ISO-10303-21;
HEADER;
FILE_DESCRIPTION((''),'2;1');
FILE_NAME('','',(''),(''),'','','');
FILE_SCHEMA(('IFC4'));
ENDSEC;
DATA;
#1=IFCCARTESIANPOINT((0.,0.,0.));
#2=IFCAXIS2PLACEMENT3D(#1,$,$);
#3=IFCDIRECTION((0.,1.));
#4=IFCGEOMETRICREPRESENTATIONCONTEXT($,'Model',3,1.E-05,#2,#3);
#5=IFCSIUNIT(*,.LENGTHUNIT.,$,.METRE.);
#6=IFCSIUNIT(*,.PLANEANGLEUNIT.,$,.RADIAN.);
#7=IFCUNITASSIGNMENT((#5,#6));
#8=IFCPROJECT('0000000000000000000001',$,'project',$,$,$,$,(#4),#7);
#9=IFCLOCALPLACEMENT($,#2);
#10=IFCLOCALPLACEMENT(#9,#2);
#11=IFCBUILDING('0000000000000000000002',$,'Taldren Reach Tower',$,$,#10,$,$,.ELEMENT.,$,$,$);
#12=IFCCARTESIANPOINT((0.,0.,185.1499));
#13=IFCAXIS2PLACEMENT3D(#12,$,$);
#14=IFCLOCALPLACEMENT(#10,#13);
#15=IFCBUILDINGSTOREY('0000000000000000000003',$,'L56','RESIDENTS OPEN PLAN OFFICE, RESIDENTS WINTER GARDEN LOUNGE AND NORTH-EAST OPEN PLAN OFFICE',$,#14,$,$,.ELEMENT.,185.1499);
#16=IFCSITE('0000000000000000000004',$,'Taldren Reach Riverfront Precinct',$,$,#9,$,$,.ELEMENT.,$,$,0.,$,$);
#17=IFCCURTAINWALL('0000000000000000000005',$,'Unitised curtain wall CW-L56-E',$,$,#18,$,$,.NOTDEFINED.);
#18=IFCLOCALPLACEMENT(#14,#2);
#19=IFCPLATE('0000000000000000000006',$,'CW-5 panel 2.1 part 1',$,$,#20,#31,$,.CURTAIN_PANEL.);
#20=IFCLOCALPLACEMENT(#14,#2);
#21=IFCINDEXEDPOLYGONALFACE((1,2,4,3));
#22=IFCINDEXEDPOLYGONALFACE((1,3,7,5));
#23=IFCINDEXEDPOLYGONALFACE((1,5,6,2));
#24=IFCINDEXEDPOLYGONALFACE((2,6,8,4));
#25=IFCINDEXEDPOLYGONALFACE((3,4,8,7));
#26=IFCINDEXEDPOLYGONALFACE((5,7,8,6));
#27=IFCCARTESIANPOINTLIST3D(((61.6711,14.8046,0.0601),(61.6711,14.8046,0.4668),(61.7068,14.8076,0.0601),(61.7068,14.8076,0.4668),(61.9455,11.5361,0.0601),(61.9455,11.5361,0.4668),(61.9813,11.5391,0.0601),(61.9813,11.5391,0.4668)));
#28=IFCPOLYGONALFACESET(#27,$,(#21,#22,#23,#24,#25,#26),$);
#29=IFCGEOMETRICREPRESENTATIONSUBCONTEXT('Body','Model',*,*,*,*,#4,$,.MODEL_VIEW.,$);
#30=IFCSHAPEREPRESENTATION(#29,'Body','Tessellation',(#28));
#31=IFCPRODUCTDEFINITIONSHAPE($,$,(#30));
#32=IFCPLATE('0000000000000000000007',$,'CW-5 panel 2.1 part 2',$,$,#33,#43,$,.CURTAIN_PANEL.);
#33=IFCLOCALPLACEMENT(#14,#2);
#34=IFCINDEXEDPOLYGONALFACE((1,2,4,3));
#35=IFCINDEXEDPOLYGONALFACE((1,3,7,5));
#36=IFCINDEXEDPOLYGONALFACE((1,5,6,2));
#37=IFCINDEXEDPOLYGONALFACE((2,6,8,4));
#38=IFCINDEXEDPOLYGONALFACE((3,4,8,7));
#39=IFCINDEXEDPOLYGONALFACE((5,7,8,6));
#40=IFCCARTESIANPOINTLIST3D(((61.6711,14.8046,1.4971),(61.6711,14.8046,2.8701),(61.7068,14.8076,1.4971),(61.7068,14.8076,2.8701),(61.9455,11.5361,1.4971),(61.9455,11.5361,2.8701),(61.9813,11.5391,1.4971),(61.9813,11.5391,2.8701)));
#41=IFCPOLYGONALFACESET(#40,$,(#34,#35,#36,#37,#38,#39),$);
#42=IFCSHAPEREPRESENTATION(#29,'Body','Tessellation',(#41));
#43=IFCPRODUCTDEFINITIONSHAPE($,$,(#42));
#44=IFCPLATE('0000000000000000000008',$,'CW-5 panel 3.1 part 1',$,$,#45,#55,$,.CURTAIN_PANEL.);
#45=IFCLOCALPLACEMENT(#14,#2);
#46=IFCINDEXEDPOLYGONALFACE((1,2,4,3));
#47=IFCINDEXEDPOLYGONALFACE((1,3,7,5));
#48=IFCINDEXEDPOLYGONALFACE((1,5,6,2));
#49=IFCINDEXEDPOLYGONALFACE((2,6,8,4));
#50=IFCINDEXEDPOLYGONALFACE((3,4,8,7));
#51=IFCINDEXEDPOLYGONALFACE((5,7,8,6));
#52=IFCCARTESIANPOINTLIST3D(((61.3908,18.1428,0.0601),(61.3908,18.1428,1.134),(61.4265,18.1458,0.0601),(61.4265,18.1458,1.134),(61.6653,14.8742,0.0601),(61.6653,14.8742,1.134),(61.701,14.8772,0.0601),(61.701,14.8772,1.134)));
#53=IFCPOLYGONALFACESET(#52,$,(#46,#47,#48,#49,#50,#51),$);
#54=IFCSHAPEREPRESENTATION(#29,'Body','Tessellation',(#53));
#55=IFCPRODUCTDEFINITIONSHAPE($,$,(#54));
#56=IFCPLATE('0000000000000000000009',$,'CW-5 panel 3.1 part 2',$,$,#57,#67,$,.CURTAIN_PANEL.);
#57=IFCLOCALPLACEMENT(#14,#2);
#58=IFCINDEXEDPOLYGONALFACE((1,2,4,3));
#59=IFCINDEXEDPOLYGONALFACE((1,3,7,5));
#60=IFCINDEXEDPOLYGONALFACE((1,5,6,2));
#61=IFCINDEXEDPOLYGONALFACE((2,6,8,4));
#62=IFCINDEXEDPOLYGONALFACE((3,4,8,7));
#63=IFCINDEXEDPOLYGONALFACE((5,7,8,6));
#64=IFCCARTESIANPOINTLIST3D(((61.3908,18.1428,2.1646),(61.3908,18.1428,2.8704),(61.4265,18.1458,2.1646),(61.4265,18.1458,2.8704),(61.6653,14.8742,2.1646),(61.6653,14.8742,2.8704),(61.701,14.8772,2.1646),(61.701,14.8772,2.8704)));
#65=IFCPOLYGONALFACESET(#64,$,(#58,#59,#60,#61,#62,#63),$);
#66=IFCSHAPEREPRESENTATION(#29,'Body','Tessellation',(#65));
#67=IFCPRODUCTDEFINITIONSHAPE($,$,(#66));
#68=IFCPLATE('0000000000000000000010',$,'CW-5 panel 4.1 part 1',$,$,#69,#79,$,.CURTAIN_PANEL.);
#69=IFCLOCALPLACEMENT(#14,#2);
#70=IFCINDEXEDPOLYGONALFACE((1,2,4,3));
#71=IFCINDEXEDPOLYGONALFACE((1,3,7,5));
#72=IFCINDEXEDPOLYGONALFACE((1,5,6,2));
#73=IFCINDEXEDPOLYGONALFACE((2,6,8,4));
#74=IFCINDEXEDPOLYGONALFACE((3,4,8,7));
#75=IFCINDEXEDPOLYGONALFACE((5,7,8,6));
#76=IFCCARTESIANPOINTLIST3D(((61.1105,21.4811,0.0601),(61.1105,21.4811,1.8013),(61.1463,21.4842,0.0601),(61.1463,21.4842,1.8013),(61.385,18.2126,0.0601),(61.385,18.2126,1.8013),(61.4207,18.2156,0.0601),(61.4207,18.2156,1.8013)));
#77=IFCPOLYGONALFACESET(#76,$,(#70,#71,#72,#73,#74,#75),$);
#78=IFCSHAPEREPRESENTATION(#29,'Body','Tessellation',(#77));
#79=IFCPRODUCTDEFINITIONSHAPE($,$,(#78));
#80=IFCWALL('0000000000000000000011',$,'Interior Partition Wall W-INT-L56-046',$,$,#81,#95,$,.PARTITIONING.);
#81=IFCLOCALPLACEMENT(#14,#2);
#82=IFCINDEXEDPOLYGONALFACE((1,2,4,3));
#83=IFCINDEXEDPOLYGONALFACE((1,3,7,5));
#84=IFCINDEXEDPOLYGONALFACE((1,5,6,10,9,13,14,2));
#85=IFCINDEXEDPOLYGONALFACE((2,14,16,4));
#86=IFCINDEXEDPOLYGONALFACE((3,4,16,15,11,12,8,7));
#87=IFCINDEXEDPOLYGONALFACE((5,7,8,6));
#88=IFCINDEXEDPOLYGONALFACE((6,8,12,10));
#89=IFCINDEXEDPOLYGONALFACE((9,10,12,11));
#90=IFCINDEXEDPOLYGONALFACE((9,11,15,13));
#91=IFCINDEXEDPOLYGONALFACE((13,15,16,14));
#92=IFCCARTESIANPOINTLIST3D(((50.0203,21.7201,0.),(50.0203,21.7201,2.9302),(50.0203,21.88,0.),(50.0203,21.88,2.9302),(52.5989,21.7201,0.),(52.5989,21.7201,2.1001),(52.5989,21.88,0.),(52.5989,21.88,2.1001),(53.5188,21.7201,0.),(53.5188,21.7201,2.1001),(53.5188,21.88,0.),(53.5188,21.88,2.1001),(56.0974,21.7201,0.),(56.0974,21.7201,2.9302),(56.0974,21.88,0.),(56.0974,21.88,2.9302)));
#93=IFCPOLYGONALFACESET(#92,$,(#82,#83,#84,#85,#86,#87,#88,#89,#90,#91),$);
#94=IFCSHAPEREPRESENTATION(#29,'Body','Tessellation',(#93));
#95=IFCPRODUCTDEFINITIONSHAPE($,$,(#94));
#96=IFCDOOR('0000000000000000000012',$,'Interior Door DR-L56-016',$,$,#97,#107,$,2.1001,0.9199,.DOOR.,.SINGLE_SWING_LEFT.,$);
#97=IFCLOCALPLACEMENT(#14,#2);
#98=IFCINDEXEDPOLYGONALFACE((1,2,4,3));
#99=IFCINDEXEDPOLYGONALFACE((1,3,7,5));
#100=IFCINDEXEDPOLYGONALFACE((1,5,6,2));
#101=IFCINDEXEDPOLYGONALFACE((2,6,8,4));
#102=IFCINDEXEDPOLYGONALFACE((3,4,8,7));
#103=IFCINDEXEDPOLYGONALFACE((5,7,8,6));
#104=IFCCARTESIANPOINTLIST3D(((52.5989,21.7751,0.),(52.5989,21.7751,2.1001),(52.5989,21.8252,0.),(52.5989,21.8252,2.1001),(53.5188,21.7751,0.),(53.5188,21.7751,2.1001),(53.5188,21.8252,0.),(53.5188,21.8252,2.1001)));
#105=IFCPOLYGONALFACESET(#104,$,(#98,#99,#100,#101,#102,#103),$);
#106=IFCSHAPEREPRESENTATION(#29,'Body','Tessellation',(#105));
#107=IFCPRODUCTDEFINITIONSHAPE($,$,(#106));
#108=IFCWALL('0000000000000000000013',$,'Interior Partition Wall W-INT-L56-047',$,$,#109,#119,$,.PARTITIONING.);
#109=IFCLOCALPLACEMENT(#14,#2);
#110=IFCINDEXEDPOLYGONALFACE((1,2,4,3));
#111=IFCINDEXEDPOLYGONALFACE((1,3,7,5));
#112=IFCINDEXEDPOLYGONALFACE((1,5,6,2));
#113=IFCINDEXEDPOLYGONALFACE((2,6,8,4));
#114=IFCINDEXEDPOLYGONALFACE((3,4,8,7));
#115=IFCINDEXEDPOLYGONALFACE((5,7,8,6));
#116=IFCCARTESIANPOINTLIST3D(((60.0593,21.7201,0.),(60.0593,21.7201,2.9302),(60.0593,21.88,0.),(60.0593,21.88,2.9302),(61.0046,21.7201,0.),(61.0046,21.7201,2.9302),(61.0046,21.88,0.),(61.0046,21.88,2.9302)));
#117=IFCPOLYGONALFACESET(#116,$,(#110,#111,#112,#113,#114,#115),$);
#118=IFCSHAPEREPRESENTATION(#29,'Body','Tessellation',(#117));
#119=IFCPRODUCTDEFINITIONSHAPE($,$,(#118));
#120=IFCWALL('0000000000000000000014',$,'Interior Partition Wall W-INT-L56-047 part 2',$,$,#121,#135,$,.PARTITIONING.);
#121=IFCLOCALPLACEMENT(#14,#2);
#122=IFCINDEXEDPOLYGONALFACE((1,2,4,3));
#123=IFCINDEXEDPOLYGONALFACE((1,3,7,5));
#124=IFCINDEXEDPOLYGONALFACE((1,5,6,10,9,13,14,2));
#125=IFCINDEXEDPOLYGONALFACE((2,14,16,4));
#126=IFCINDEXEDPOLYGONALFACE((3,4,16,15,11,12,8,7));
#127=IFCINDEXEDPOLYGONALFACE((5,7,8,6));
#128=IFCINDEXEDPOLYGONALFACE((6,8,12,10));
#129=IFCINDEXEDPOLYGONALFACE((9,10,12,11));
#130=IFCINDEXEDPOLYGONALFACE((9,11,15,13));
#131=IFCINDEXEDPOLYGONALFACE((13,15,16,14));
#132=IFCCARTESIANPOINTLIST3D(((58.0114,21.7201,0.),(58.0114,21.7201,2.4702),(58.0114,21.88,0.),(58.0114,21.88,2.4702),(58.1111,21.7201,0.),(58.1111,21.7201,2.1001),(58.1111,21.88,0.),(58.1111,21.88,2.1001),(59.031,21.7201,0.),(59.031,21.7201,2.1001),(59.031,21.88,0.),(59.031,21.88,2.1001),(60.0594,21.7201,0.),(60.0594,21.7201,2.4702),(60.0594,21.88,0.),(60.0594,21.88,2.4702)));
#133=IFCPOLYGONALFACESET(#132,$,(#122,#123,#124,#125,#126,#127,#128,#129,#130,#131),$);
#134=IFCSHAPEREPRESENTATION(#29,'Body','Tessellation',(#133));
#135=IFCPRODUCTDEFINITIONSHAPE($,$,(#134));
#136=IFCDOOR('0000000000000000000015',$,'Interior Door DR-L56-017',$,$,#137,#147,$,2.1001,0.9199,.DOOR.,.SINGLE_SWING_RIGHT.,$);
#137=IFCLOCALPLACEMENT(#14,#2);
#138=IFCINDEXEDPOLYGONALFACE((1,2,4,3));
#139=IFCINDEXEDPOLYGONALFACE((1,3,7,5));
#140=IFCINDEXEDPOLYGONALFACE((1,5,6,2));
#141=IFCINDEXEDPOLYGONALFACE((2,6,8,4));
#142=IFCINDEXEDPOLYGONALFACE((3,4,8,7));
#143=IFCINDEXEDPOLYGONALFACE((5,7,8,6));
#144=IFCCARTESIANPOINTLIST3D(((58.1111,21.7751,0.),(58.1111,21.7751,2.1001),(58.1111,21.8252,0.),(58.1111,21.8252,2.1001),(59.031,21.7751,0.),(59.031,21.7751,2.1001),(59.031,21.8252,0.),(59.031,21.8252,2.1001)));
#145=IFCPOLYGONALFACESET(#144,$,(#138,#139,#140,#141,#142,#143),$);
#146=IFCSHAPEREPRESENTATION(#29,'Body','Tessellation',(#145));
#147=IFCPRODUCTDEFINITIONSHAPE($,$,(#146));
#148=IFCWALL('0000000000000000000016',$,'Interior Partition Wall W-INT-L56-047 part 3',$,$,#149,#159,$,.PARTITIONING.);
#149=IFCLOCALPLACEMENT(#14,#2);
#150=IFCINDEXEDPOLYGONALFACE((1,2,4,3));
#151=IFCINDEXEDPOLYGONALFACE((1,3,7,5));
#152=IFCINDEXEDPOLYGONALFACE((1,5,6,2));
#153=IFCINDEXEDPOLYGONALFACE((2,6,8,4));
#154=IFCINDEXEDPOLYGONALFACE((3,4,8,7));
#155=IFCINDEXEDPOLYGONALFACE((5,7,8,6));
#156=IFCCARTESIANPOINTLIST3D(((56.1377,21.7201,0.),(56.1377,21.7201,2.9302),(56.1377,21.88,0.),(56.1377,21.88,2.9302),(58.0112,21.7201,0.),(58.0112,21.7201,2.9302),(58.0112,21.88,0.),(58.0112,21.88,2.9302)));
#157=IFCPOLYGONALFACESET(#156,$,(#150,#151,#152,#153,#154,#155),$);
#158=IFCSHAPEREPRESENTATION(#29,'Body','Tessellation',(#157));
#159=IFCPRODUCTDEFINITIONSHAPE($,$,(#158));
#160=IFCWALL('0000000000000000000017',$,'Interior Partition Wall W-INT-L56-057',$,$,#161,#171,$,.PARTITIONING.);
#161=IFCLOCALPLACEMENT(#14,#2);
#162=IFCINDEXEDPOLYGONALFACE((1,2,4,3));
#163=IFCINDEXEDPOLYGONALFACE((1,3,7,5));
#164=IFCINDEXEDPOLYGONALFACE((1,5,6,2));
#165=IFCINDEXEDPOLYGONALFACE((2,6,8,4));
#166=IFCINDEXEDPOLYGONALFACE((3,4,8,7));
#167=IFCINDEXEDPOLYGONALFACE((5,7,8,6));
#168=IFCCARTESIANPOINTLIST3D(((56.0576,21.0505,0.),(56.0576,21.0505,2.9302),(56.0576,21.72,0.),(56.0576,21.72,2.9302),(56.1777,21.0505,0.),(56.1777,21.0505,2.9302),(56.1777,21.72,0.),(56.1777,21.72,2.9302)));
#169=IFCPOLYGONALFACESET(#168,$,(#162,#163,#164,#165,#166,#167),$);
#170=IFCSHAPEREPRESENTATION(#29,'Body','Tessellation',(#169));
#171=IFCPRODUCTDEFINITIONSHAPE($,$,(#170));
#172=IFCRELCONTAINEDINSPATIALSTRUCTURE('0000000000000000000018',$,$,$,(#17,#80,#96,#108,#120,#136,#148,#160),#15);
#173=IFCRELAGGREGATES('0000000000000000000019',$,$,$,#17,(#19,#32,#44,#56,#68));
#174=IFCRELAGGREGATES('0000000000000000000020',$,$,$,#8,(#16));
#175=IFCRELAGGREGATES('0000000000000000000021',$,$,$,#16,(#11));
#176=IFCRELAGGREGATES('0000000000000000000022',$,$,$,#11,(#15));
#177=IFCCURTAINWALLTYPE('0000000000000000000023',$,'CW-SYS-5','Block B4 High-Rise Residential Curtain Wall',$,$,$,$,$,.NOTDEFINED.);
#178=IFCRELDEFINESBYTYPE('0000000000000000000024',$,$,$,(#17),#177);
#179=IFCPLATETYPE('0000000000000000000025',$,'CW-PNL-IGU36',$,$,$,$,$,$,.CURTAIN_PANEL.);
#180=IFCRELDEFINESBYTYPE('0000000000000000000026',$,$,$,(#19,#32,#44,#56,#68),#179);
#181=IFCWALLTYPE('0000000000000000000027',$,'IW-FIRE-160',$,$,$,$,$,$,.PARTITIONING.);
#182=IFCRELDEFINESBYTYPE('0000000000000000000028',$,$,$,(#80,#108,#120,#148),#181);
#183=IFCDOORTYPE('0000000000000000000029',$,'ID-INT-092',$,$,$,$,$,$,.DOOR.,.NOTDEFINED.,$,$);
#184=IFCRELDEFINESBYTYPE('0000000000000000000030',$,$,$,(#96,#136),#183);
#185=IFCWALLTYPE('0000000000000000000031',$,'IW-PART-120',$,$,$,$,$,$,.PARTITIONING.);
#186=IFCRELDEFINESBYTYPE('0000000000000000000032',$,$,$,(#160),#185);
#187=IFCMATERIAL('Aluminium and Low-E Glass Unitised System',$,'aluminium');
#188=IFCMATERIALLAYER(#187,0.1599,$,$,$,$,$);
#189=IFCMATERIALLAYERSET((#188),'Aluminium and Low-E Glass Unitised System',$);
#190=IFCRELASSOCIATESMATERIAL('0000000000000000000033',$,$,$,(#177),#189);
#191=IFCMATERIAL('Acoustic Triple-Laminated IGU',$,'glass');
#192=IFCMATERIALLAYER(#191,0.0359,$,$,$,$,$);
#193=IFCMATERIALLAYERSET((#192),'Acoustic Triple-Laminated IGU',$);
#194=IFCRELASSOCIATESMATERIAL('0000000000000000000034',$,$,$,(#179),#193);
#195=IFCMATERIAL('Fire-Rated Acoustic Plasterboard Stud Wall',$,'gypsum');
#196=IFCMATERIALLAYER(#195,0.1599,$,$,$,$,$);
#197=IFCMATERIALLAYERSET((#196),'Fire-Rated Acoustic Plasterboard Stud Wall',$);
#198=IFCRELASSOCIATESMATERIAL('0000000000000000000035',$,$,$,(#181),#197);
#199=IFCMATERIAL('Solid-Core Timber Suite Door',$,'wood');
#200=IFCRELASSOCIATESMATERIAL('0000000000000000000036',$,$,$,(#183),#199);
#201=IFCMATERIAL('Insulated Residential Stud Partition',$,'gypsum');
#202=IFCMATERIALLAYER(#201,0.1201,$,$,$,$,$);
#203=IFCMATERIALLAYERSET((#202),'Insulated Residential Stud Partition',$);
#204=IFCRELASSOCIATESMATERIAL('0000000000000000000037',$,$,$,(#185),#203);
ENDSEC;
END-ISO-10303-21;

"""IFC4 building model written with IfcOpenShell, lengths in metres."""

from ifc_helpers import new_model, si_unit, direction, frame, frame_2d, origin, origin_2d, place, context, subcontext, project, spatial, rectangle, extrude, source, transform, mapped, material, layer, layer_set, type_object, element, fill, aggregate, save


model = new_model("IFC4")

# Units and contexts
model_context = context("Model", 3, precision=1e-05, world=origin(), true_north=direction((0.0, 1.0)))
body_context = subcontext(model_context, "Body", "Model", "MODEL_VIEW")
ifc_project = project(units=[si_unit("LENGTHUNIT", "METRE"), si_unit("PLANEANGLEUNIT", "RADIAN")], contexts=[model_context])

# Site, building, storey
site_placement = place(None, origin())
site = spatial("IfcSite", under=ifc_project, at=site_placement, Name="Taldren Reach Riverfront Precinct", CompositionType="ELEMENT", RefElevation=0.0)
building_placement = place(site_placement, origin())
building = spatial("IfcBuilding", under=site, at=building_placement, Name="Taldren Reach Tower", CompositionType="ELEMENT")
storey_placement = place(building_placement, frame((0.0, 0.0, 185.1499)))
storey = spatial("IfcBuildingStorey", under=building, at=storey_placement, Name="L56", Description="RESIDENTS OPEN PLAN OFFICE, RESIDENTS WINTER GARDEN LOUNGE AND NORTH-EAST OPEN PLAN OFFICE", CompositionType="ELEMENT", Elevation=185.1499)

# Curtain wall
ifc_material_1 = material(Name="Aluminium and Low-E Glass Unitised System", Category="aluminium")
ifc_layer_1 = layer(ifc_material_1, 0.1599)
ifc_layer_set_1 = layer_set([ifc_layer_1], Name="Aluminium and Low-E Glass Unitised System")
curtain_wall_type = type_object("IfcCurtainWallType", Name="CW-SYS-5", Description="Block B4 High-Rise Residential Curtain Wall", PredefinedType="NOTDEFINED", material=ifc_layer_set_1)
curtain_wall_placement = place(storey_placement, origin())
curtain_wall = element("IfcCurtainWall", 1, at=curtain_wall_placement, inside=storey, type_object=curtain_wall_type, Name="Unitised curtain wall CW-L56-E", PredefinedType="NOTDEFINED")

# Plates
ifc_material_2 = material(Name="Acoustic Triple-Laminated IGU", Category="glass")
ifc_layer_2 = layer(ifc_material_2, 0.0359)
ifc_layer_set_2 = layer_set([ifc_layer_2], Name="Acoustic Triple-Laminated IGU")
plate_type_1 = type_object("IfcPlateType", Name="CW-PNL-IGU36", PredefinedType="CURTAIN_PANEL", material=ifc_layer_set_2)
shared_shape_1 = source(origin(), body_context, "Body", "SweptSolid", [
    extrude(rectangle(XDim=3.28, YDim=0.0359, at=origin_2d()), origin(), (0.0, 0.0, 1.0), 0.4067),
])
plate_1_placement = place(storey_placement, frame((61.8262, 13.1719, 0.0601), z_axis=(0.0, 0.0, 1.0), x_axis=(-0.083678, 0.996493, 0.0)))
plate_1 = element("IfcPlate", 2, at=plate_1_placement, type_object=plate_type_1, Name="CW-5 panel 2.1 part 1", PredefinedType="CURTAIN_PANEL", context=body_context, shape_type="MappedRepresentation", body=[
    mapped(shared_shape_1, transform((0.0, 0.0, 0.0), scale=1.0)),
])
shared_shape_2 = source(origin(), body_context, "Body", "SweptSolid", [
    extrude(rectangle(XDim=3.28, YDim=0.0359, at=origin_2d()), origin(), (0.0, 0.0, 1.0), 1.373),
])
plate_2_placement = place(storey_placement, frame((61.8262, 13.1719, 1.4971), z_axis=(0.0, 0.0, 1.0), x_axis=(-0.083678, 0.996493, 0.0)))
plate_2 = element("IfcPlate", 3, at=plate_2_placement, type_object=plate_type_1, Name="CW-5 panel 2.1 part 2", PredefinedType="CURTAIN_PANEL", context=body_context, shape_type="MappedRepresentation", body=[
    mapped(shared_shape_2, transform((0.0, 0.0, 0.0), scale=1.0)),
])
shared_shape_3 = source(origin(), body_context, "Body", "SweptSolid", [
    extrude(rectangle(XDim=3.28, YDim=0.0359, at=origin_2d()), origin(), (0.0, 0.0, 1.0), 1.074),
])
plate_3_placement = place(storey_placement, frame((61.5459, 16.51, 0.0601), z_axis=(0.0, 0.0, 1.0), x_axis=(-0.083678, 0.996493, 0.0)))
plate_3 = element("IfcPlate", 4, at=plate_3_placement, type_object=plate_type_1, Name="CW-5 panel 3.1 part 1", PredefinedType="CURTAIN_PANEL", context=body_context, shape_type="MappedRepresentation", body=[
    mapped(shared_shape_3, transform((0.0, 0.0, 0.0), scale=1.0)),
])
shared_shape_4 = source(origin(), body_context, "Body", "SweptSolid", [
    extrude(rectangle(XDim=3.28, YDim=0.0359, at=origin_2d()), origin(), (0.0, 0.0, 1.0), 0.7058),
])
plate_4_placement = place(storey_placement, frame((61.5459, 16.51, 2.1646), z_axis=(0.0, 0.0, 1.0), x_axis=(-0.083678, 0.996493, 0.0)))
plate_4 = element("IfcPlate", 5, at=plate_4_placement, type_object=plate_type_1, Name="CW-5 panel 3.1 part 2", PredefinedType="CURTAIN_PANEL", context=body_context, shape_type="MappedRepresentation", body=[
    mapped(shared_shape_4, transform((0.0, 0.0, 0.0), scale=1.0)),
])
shared_shape_5 = source(origin(), body_context, "Body", "SweptSolid", [
    extrude(rectangle(XDim=3.28, YDim=0.0359, at=origin_2d()), origin(), (0.0, 0.0, 1.0), 1.7412),
])
plate_5_placement = place(storey_placement, frame((61.2656, 19.8484, 0.0601), z_axis=(0.0, 0.0, 1.0), x_axis=(-0.083678, 0.996493, 0.0)))
plate_5 = element("IfcPlate", 6, at=plate_5_placement, type_object=plate_type_1, Name="CW-5 panel 4.1 part 1", PredefinedType="CURTAIN_PANEL", context=body_context, shape_type="MappedRepresentation", body=[
    mapped(shared_shape_5, transform((0.0, 0.0, 0.0), scale=1.0)),
])
aggregate(curtain_wall, [plate_1, plate_2, plate_3, plate_4, plate_5])

# Wall, opening, door
ifc_material_3 = material(Name="Fire-Rated Acoustic Plasterboard Stud Wall", Category="gypsum")
ifc_layer_3 = layer(ifc_material_3, 0.1599)
ifc_layer_set_3 = layer_set([ifc_layer_3], Name="Fire-Rated Acoustic Plasterboard Stud Wall")
wall_type_1 = type_object("IfcWallType", Name="IW-FIRE-160", PredefinedType="PARTITIONING", material=ifc_layer_set_3)
shared_shape_6 = source(origin(), body_context, "Body", "SweptSolid", [
    extrude(rectangle(XDim=6.0771, YDim=0.1599, at=frame_2d((3.0386, 0.0))), origin(), (0.0, 0.0, 1.0), 2.9302),
])
wall_1_placement = place(storey_placement, frame((56.0974, 21.8, 0.0), z_axis=(0.0, 0.0, 1.0), x_axis=(-1.0, 0.0, 0.0)))
wall_1 = element("IfcWall", 7, at=wall_1_placement, inside=storey, type_object=wall_type_1, Name="Interior Partition Wall W-INT-L56-046", PredefinedType="PARTITIONING", context=body_context, shape_type="MappedRepresentation", body=[
    mapped(shared_shape_6, transform((0.0, 0.0, 0.0), scale=1.0)),
])
shared_shape_7 = source(origin(), body_context, "Body", "SweptSolid", [
    extrude(rectangle(XDim=0.9199, YDim=2.1001, at=frame_2d((0.46, 1.05))), frame((0.0, 0.0898, 0.0), z_axis=(0.0, -1.0, 0.0), x_axis=(1.0, 0.0, 0.0)), (0.0, 0.0, 1.0), 0.1799),
])
opening_1_placement = place(wall_1_placement, frame((2.5786, 0.0, 0.0)))
opening_1 = element("IfcOpeningElement", 8, at=opening_1_placement, cuts=wall_1, PredefinedType="OPENING", context=body_context, shape_type="MappedRepresentation", body=[
    mapped(shared_shape_7, transform((0.0, 0.0, 0.0), scale=1.0)),
])
ifc_material_4 = material(Name="Solid-Core Timber Suite Door", Category="wood")
door_type = type_object("IfcDoorType", Name="ID-INT-092", OperationType="NOTDEFINED", PredefinedType="DOOR", material=ifc_material_4)
shared_shape_8 = source(origin(), body_context, "Body", "SweptSolid", [
    extrude(rectangle(XDim=0.9199, YDim=2.1001, at=frame_2d((0.46, 1.05))), frame((0.0, 0.0249, 0.0), z_axis=(0.0, -1.0, 0.0), x_axis=(1.0, 0.0, 0.0)), (0.0, 0.0, 1.0), 0.05),
])
door_1_placement = place(opening_1_placement, origin())
door_1 = element("IfcDoor", 9, at=door_1_placement, inside=storey, type_object=door_type, Name="Interior Door DR-L56-016", OperationType="SINGLE_SWING_LEFT", OverallHeight=2.1001, OverallWidth=0.9199, PredefinedType="DOOR", context=body_context, shape_type="MappedRepresentation", body=[
    mapped(shared_shape_8, transform((0.0, 0.0, 0.0), scale=1.0)),
])
fill(opening_1, door_1)

# Wall
shared_shape_9 = source(origin(), body_context, "Body", "SweptSolid", [
    extrude(rectangle(XDim=0.9453, YDim=0.1599, at=frame_2d((0.4727, 0.0))), origin(), (0.0, 0.0, 1.0), 2.9302),
])
wall_2_placement = place(storey_placement, frame((61.0046, 21.8, 0.0), z_axis=(0.0, 0.0, 1.0), x_axis=(-1.0, 0.0, 0.0)))
element("IfcWall", 10, at=wall_2_placement, inside=storey, type_object=wall_type_1, Name="Interior Partition Wall W-INT-L56-047", PredefinedType="PARTITIONING", context=body_context, shape_type="MappedRepresentation", body=[
    mapped(shared_shape_9, transform((0.0, 0.0, 0.0), scale=1.0)),
])

# Wall, opening, door
shared_shape_10 = source(origin(), body_context, "Body", "SweptSolid", [
    extrude(rectangle(XDim=2.0481, YDim=0.1599, at=frame_2d((1.0239, 0.0))), origin(), (0.0, 0.0, 1.0), 2.4702),
])
wall_3_placement = place(storey_placement, frame((60.0593, 21.8, 0.0), z_axis=(0.0, 0.0, 1.0), x_axis=(-1.0, 0.0, 0.0)))
wall_3 = element("IfcWall", 11, at=wall_3_placement, inside=storey, type_object=wall_type_1, Name="Interior Partition Wall W-INT-L56-047 part 2", PredefinedType="PARTITIONING", context=body_context, shape_type="MappedRepresentation", body=[
    mapped(shared_shape_10, transform((0.0, 0.0, 0.0), scale=1.0)),
])
opening_2_placement = place(wall_3_placement, frame((1.0283, 0.0, 0.0)))
opening_2 = element("IfcOpeningElement", 12, at=opening_2_placement, cuts=wall_3, PredefinedType="OPENING", context=body_context, shape_type="MappedRepresentation", body=[
    mapped(shared_shape_7, transform((0.0, 0.0, 0.0), scale=1.0)),
])
door_2_placement = place(opening_2_placement, origin())
door_2 = element("IfcDoor", 13, at=door_2_placement, inside=storey, type_object=door_type, Name="Interior Door DR-L56-017", OperationType="SINGLE_SWING_RIGHT", OverallHeight=2.1001, OverallWidth=0.9199, PredefinedType="DOOR", context=body_context, shape_type="MappedRepresentation", body=[
    mapped(shared_shape_8, transform((0.0, 0.0, 0.0), scale=1.0)),
])
fill(opening_2, door_2)

# Walls
shared_shape_11 = source(origin(), body_context, "Body", "SweptSolid", [
    extrude(rectangle(XDim=1.8735, YDim=0.1599, at=frame_2d((0.9368, 0.0))), origin(), (0.0, 0.0, 1.0), 2.9302),
])
wall_4_placement = place(storey_placement, frame((58.0112, 21.8, 0.0), z_axis=(0.0, 0.0, 1.0), x_axis=(-1.0, 0.0, 0.0)))
element("IfcWall", 14, at=wall_4_placement, inside=storey, type_object=wall_type_1, Name="Interior Partition Wall W-INT-L56-047 part 3", PredefinedType="PARTITIONING", context=body_context, shape_type="MappedRepresentation", body=[
    mapped(shared_shape_11, transform((0.0, 0.0, 0.0), scale=1.0)),
])
ifc_material_5 = material(Name="Insulated Residential Stud Partition", Category="gypsum")
ifc_layer_4 = layer(ifc_material_5, 0.1201)
ifc_layer_set_4 = layer_set([ifc_layer_4], Name="Insulated Residential Stud Partition")
wall_type_2 = type_object("IfcWallType", Name="IW-PART-120", PredefinedType="PARTITIONING", material=ifc_layer_set_4)
shared_shape_12 = source(origin(), body_context, "Body", "SweptSolid", [
    extrude(rectangle(XDim=0.6694, YDim=0.1201, at=frame_2d((0.3347, 0.0))), origin(), (0.0, 0.0, 1.0), 2.9302),
])
wall_5_placement = place(storey_placement, frame((56.1177, 21.72, 0.0), z_axis=(0.0, 0.0, 1.0), x_axis=(0.0, -1.0, 0.0)))
element("IfcWall", 15, at=wall_5_placement, inside=storey, type_object=wall_type_2, Name="Interior Partition Wall W-INT-L56-057", PredefinedType="PARTITIONING", context=body_context, shape_type="MappedRepresentation", body=[
    mapped(shared_shape_12, transform((0.0, 0.0, 0.0), scale=1.0)),
])

save(model, "model.ifc")
